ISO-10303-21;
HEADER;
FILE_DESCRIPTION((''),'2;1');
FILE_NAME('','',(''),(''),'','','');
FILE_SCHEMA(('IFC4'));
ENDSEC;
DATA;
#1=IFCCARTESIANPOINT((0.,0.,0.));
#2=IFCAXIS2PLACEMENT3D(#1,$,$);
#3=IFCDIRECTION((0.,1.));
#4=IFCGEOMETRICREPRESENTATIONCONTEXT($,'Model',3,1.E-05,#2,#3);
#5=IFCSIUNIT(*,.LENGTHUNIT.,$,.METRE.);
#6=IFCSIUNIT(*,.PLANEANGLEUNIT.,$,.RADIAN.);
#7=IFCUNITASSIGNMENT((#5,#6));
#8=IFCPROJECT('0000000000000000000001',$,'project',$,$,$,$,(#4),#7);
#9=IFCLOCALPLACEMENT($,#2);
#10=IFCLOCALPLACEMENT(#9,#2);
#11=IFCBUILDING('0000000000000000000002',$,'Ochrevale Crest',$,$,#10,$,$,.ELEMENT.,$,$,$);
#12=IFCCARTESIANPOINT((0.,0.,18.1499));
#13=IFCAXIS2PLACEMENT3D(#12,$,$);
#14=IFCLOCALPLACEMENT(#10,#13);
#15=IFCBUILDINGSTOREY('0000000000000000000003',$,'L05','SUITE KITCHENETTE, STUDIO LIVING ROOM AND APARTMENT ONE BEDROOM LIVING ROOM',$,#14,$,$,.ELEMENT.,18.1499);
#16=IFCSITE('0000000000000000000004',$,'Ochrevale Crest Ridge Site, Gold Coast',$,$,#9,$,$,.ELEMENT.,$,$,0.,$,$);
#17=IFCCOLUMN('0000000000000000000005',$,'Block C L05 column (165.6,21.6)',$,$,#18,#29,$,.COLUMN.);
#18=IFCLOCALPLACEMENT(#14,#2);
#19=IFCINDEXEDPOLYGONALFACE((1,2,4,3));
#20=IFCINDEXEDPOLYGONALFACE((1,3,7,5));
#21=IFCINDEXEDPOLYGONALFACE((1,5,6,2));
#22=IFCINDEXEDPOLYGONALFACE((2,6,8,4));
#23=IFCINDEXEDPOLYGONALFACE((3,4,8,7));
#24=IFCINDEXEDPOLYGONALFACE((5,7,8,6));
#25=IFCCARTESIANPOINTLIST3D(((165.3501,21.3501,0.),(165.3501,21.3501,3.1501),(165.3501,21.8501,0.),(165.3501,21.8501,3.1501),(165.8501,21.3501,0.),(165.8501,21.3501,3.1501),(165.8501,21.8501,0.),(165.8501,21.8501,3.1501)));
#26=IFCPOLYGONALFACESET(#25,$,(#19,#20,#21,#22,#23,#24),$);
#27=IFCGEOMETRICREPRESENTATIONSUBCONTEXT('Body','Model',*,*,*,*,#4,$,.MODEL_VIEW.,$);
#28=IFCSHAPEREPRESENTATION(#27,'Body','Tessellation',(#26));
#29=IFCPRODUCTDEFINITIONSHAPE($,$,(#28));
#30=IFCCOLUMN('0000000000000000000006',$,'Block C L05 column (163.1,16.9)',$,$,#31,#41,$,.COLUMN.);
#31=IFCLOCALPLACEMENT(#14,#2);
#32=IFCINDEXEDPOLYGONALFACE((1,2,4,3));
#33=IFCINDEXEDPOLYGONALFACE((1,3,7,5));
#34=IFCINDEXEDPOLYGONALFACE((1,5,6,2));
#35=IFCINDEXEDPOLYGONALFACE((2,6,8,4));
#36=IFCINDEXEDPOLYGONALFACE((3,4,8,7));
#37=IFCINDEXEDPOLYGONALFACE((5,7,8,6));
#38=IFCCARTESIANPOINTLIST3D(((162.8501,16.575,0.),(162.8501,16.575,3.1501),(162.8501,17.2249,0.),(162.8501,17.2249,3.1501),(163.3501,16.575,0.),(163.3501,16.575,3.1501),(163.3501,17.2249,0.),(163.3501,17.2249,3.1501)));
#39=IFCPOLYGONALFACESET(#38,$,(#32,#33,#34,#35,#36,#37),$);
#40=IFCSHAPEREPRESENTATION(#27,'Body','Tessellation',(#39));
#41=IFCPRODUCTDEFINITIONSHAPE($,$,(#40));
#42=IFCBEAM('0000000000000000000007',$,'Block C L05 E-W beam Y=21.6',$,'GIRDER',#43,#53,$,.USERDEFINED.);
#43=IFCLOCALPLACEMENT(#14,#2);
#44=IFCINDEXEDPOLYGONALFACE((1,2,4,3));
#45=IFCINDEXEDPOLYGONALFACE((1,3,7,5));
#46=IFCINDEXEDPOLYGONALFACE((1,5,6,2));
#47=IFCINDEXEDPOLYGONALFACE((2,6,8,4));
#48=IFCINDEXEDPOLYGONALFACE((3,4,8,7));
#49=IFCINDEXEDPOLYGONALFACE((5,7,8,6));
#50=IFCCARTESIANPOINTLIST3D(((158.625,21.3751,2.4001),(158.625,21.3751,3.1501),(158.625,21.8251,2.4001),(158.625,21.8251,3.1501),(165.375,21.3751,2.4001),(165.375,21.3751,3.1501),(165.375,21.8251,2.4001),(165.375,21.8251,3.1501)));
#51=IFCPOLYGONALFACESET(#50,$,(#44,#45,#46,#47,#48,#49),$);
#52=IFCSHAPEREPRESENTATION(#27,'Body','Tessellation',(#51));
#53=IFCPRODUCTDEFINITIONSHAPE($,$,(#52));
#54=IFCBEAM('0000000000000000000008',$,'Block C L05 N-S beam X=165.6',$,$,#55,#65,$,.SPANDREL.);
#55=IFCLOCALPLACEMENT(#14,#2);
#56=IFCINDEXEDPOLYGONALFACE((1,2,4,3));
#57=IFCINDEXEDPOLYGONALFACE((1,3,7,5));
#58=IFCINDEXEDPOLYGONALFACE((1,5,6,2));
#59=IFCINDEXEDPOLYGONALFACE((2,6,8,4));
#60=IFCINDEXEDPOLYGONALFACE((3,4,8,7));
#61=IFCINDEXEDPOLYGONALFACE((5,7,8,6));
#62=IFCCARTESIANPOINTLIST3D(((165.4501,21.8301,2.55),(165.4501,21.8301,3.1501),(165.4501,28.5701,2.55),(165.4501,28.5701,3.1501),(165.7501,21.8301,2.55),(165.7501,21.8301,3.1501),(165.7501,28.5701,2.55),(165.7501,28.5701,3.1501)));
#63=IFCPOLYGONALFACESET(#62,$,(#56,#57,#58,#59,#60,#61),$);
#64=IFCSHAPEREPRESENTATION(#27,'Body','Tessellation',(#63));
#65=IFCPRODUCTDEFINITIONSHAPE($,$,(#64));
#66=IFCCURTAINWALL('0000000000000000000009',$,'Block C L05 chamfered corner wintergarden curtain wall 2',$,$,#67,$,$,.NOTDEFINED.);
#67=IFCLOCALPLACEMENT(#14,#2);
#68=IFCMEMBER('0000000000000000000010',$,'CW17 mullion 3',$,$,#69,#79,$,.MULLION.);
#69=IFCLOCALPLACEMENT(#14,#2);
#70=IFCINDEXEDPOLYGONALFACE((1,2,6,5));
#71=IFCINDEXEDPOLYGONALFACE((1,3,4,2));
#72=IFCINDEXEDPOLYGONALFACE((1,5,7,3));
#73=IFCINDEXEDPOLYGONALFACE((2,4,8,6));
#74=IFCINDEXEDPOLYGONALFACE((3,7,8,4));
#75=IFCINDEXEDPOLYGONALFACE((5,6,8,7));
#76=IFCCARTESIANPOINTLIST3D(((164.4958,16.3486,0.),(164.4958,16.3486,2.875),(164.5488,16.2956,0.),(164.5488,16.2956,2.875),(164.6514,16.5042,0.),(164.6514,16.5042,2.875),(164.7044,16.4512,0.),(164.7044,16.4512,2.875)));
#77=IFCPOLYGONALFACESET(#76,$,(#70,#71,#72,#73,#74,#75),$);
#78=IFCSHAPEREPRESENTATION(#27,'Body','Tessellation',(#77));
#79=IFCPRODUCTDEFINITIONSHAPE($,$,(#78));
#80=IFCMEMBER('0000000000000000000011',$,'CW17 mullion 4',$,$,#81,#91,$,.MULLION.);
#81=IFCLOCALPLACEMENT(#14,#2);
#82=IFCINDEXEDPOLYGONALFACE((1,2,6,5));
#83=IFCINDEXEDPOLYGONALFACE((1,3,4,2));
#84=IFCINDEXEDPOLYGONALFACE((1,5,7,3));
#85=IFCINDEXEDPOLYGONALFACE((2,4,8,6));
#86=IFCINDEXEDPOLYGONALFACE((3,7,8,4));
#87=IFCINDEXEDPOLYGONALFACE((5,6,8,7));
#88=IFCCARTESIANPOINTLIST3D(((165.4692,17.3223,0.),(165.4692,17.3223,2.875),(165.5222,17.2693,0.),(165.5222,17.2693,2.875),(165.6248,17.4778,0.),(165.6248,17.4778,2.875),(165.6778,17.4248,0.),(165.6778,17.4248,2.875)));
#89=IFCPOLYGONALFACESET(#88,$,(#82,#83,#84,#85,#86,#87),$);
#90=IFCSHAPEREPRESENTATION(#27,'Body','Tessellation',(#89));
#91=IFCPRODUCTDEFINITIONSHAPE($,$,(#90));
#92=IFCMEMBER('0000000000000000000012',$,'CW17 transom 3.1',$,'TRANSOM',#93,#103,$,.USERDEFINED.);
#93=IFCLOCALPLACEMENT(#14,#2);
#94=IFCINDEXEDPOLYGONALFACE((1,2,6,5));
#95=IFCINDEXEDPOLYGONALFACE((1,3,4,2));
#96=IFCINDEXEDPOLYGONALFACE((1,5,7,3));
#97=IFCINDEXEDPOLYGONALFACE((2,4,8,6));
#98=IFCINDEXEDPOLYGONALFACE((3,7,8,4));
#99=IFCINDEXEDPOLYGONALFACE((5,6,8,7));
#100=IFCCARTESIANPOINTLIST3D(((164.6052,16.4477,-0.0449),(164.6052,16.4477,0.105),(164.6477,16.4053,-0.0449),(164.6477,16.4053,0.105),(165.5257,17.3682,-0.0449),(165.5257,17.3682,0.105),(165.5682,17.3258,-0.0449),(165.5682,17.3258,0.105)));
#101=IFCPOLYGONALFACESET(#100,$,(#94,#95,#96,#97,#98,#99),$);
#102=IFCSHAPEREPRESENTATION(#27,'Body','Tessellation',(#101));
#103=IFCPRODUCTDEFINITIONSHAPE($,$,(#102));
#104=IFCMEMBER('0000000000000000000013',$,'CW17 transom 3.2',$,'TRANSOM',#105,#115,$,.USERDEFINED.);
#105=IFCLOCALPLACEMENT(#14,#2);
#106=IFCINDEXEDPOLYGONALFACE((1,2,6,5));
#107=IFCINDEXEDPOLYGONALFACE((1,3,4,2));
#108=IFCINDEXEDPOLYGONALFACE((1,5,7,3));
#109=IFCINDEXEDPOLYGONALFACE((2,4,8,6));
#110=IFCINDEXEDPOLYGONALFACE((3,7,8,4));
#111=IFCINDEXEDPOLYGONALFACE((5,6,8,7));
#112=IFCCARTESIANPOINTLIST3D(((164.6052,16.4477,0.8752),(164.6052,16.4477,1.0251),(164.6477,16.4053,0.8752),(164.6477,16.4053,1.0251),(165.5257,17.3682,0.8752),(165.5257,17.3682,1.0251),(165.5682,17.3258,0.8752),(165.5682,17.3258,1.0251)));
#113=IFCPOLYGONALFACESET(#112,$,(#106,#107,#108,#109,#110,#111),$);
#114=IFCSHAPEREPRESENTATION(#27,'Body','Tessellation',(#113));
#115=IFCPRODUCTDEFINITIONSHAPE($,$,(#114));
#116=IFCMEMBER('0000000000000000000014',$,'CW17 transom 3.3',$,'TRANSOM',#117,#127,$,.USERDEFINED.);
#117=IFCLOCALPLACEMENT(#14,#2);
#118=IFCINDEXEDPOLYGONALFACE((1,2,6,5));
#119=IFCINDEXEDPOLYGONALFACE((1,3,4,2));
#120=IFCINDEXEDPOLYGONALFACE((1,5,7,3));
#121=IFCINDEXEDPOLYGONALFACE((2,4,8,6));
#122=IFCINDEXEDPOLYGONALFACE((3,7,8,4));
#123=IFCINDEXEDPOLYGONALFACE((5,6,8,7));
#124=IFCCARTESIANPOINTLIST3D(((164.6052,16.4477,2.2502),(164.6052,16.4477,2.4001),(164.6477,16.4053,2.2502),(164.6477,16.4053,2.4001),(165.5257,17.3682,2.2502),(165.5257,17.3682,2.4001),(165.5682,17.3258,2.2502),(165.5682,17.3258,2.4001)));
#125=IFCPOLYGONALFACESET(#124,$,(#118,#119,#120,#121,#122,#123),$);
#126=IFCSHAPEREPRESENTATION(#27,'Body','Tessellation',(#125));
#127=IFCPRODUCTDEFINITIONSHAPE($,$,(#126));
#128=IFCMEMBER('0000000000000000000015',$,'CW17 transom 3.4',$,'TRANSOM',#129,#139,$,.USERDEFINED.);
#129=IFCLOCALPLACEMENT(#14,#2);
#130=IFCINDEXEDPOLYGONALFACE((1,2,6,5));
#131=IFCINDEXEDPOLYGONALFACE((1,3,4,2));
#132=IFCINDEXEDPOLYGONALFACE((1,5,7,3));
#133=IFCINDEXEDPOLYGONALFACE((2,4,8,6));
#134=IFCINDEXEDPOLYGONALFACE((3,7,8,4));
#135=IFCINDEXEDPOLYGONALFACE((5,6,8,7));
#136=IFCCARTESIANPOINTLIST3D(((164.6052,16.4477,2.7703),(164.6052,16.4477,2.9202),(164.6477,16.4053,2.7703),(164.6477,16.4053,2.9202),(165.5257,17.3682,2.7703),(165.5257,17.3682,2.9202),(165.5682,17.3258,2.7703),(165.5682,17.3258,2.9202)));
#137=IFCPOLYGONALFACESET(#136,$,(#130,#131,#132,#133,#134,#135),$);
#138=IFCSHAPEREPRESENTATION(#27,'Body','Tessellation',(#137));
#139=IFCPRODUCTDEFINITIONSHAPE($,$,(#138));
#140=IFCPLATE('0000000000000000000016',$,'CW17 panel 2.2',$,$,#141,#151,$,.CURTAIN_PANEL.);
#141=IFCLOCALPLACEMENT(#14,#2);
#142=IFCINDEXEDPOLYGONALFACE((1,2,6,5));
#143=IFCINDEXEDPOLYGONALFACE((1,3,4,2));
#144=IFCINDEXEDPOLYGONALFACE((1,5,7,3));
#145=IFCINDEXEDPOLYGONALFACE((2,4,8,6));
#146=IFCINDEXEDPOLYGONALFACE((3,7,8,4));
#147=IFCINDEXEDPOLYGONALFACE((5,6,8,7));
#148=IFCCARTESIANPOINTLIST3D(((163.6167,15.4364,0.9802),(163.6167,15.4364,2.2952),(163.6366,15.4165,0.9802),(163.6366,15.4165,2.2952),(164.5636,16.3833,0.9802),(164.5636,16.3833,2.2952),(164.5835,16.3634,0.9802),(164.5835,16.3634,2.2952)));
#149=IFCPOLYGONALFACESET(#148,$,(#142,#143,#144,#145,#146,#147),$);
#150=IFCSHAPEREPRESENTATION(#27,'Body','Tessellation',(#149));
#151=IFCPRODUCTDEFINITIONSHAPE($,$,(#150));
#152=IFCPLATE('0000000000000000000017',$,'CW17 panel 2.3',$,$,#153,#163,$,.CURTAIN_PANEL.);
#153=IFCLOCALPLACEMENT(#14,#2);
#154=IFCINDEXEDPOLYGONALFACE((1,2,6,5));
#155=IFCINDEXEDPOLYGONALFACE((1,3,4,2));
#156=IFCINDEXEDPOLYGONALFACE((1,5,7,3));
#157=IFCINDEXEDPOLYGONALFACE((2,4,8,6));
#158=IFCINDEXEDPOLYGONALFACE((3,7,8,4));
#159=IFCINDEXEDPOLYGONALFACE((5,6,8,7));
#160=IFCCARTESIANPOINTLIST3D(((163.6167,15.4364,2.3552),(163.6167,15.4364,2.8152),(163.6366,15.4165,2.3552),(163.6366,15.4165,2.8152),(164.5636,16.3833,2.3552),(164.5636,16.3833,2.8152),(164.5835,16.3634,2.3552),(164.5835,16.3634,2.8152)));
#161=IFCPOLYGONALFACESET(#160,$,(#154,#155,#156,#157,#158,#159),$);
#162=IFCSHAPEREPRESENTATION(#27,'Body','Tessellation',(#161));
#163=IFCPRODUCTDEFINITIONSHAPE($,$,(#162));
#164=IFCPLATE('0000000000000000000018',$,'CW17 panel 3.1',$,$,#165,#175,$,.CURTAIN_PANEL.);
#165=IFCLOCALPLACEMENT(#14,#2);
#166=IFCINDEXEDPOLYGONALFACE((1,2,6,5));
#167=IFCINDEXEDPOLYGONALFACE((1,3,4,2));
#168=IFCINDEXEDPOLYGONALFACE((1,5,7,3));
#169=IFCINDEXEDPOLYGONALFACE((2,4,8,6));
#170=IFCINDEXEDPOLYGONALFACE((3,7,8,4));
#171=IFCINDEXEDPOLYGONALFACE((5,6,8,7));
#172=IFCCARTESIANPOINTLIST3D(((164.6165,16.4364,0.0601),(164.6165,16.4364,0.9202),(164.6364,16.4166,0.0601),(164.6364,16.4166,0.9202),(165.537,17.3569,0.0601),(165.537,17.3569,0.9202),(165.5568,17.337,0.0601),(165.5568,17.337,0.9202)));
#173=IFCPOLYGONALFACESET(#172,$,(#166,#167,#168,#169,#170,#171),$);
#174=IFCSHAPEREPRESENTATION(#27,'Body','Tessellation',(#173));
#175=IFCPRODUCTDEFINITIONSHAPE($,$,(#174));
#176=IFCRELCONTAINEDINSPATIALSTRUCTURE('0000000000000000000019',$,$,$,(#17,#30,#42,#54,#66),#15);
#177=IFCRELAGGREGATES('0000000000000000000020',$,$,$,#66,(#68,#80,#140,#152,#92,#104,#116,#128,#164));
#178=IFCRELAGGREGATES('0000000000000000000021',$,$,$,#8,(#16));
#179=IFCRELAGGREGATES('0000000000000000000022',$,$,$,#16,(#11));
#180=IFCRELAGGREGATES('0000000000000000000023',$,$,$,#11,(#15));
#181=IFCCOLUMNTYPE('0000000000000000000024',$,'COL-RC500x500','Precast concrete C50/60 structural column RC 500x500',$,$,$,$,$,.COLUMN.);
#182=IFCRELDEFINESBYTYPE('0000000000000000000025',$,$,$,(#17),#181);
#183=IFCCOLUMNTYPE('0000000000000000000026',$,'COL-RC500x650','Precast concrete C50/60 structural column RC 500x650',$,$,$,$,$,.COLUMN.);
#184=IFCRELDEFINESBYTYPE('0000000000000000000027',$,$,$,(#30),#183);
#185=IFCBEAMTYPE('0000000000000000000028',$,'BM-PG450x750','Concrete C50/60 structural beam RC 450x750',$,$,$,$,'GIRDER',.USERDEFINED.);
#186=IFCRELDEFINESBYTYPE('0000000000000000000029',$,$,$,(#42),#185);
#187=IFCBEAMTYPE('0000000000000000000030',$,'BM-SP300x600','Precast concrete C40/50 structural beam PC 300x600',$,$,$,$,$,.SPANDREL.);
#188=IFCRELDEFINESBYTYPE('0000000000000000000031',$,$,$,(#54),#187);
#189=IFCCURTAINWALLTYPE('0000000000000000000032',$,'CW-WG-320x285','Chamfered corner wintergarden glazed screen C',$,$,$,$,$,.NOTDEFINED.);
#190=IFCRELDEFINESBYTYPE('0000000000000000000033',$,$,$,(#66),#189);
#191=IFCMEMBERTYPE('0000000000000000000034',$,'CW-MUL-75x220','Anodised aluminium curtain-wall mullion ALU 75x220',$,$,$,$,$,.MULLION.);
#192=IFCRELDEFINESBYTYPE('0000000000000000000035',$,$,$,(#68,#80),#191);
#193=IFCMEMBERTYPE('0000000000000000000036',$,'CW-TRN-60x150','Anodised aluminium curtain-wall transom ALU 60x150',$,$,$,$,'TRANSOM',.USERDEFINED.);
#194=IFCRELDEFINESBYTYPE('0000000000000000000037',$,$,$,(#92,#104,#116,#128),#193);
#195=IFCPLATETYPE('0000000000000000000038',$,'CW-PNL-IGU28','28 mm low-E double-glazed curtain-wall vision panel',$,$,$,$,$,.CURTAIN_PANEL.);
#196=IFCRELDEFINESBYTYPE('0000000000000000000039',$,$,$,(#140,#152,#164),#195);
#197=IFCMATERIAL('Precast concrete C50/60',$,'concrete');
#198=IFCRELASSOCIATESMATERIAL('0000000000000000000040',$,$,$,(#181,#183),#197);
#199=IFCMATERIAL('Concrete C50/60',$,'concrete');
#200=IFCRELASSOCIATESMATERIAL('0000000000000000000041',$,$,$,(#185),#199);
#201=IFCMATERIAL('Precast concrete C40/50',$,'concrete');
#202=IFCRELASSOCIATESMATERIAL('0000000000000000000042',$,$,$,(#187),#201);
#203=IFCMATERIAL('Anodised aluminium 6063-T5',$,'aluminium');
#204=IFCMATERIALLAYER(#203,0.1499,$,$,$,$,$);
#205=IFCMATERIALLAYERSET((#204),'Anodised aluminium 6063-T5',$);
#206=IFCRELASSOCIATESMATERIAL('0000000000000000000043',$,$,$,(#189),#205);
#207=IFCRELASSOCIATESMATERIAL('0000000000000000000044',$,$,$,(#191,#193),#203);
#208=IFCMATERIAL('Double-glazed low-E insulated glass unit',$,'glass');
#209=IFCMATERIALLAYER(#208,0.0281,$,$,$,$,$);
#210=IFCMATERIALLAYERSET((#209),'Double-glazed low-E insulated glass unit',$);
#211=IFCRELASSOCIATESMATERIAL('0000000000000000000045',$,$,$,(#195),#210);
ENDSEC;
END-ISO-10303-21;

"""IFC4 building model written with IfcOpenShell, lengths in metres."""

from ifc_helpers import new_model, si_unit, direction, frame, origin, origin_2d, place, context, subcontext, project, spatial, rectangle, extrude, material, layer, layer_set, material_profile, profile_set, type_object, element, aggregate, save


model = new_model("IFC4")

# Units and contexts
model_context = context("Model", 3, precision=1e-05, world=origin(), true_north=direction((0.0, 1.0)))
body_context = subcontext(model_context, "Body", "Model", "MODEL_VIEW")
ifc_project = project(units=[si_unit("LENGTHUNIT", "METRE"), si_unit("PLANEANGLEUNIT", "RADIAN")], contexts=[model_context])

# Site, building, storey
site_placement = place(None, origin())
site = spatial("IfcSite", under=ifc_project, at=site_placement, Name="Ochrevale Crest Ridge Site, Gold Coast", CompositionType="ELEMENT", RefElevation=0.0)
building_placement = place(site_placement, origin())
building = spatial("IfcBuilding", under=site, at=building_placement, Name="Ochrevale Crest", CompositionType="ELEMENT")
storey_placement = place(building_placement, frame((0.0, 0.0, 18.1499)))
storey = spatial("IfcBuildingStorey", under=building, at=storey_placement, Name="L05", Description="SUITE KITCHENETTE, STUDIO LIVING ROOM AND APARTMENT ONE BEDROOM LIVING ROOM", CompositionType="ELEMENT", Elevation=18.1499)

# Columns
ifc_material_1 = material(Name="Precast concrete C50/60", Category="concrete")
ifc_material_profile_1 = material_profile(ifc_material_1, rectangle(XDim=0.5, YDim=0.5, at=origin_2d()), Name="RC 500x500")
ifc_profile_set_1 = profile_set([ifc_material_profile_1], Name="Precast concrete C50/60")
column_type_1 = type_object("IfcColumnType", Name="COL-RC500x500", Description="Precast concrete C50/60 structural column RC 500x500", PredefinedType="COLUMN", material=ifc_profile_set_1)
column_1_placement = place(storey_placement, frame((165.6001, 21.6001, 0.0), z_axis=(0.0, 0.0, 1.0), x_axis=(1.0, 0.0, 0.0)))
element("IfcColumn", 1, at=column_1_placement, inside=storey, type_object=column_type_1, Name="Block C L05 column (165.6,21.6)", PredefinedType="COLUMN", context=body_context, shape_type="SweptSolid", body=[
    extrude(rectangle(XDim=0.5, YDim=0.5, at=origin_2d()), origin(), (0.0, 0.0, 1.0), 3.1501),
])
ifc_material_profile_2 = material_profile(ifc_material_1, rectangle(XDim=0.5, YDim=0.6499, at=origin_2d()), Name="RC 500x650")
ifc_profile_set_2 = profile_set([ifc_material_profile_2], Name="Precast concrete C50/60")
column_type_2 = type_object("IfcColumnType", Name="COL-RC500x650", Description="Precast concrete C50/60 structural column RC 500x650", PredefinedType="COLUMN", material=ifc_profile_set_2)
column_2_placement = place(storey_placement, frame((163.1001, 16.8999, 0.0), z_axis=(0.0, 0.0, 1.0), x_axis=(1.0, 0.0, 0.0)))
element("IfcColumn", 2, at=column_2_placement, inside=storey, type_object=column_type_2, Name="Block C L05 column (163.1,16.9)", PredefinedType="COLUMN", context=body_context, shape_type="SweptSolid", body=[
    extrude(rectangle(XDim=0.5, YDim=0.6499, at=origin_2d()), origin(), (0.0, 0.0, 1.0), 3.1501),
])

# Beams
ifc_material_2 = material(Name="Concrete C50/60", Category="concrete")
ifc_material_profile_3 = material_profile(ifc_material_2, rectangle(XDim=0.45, YDim=0.75, at=origin_2d()), Name="RC 450x750")
ifc_profile_set_3 = profile_set([ifc_material_profile_3], Name="Concrete C50/60")
beam_type_1 = type_object("IfcBeamType", Name="BM-PG450x750", Description="Concrete C50/60 structural beam RC 450x750", ElementType="GIRDER", PredefinedType="USERDEFINED", material=ifc_profile_set_3)
beam_1_placement = place(storey_placement, frame((158.625, 21.6001, 2.7751), z_axis=(1.0, 0.0, 0.0), x_axis=(0.0, 1.0, 0.0)))
element("IfcBeam", 3, at=beam_1_placement, inside=storey, type_object=beam_type_1, Name="Block C L05 E-W beam Y=21.6", ObjectType="GIRDER", PredefinedType="USERDEFINED", context=body_context, shape_type="SweptSolid", body=[
    extrude(rectangle(XDim=0.45, YDim=0.75, at=origin_2d()), origin(), (0.0, 0.0, 1.0), 6.75),
])
ifc_material_3 = material(Name="Precast concrete C40/50", Category="concrete")
ifc_material_profile_4 = material_profile(ifc_material_3, rectangle(XDim=0.3, YDim=0.6001, at=origin_2d()), Name="PC 300x600")
ifc_profile_set_4 = profile_set([ifc_material_profile_4], Name="Precast concrete C40/50")
beam_type_2 = type_object("IfcBeamType", Name="BM-SP300x600", Description="Precast concrete C40/50 structural beam PC 300x600", PredefinedType="SPANDREL", material=ifc_profile_set_4)
beam_2_placement = place(storey_placement, frame((165.6001, 21.8301, 2.8501), z_axis=(0.0, 1.0, 0.0), x_axis=(-1.0, 0.0, 0.0)))
element("IfcBeam", 4, at=beam_2_placement, inside=storey, type_object=beam_type_2, Name="Block C L05 N-S beam X=165.6", PredefinedType="SPANDREL", context=body_context, shape_type="SweptSolid", body=[
    extrude(rectangle(XDim=0.3, YDim=0.6001, at=origin_2d()), origin(), (0.0, 0.0, 1.0), 6.74),
])

# Curtain wall, members, plates
ifc_material_4 = material(Name="Anodised aluminium 6063-T5", Category="aluminium")
ifc_layer_1 = layer(ifc_material_4, 0.1499)
ifc_layer_set_1 = layer_set([ifc_layer_1], Name="Anodised aluminium 6063-T5")
curtain_wall_type = type_object("IfcCurtainWallType", Name="CW-WG-320x285", Description="Chamfered corner wintergarden glazed screen C", PredefinedType="NOTDEFINED", material=ifc_layer_set_1)
curtain_wall_placement = place(storey_placement, origin())
curtain_wall = element("IfcCurtainWall", 5, at=curtain_wall_placement, inside=storey, type_object=curtain_wall_type, Name="Block C L05 chamfered corner wintergarden curtain wall 2", PredefinedType="NOTDEFINED")
ifc_material_profile_5 = material_profile(ifc_material_4, rectangle(XDim=0.075, YDim=0.22, at=origin_2d()), Name="ALU 75x220")
ifc_profile_set_5 = profile_set([ifc_material_profile_5], Name="Anodised aluminium 6063-T5")
member_type_1 = type_object("IfcMemberType", Name="CW-MUL-75x220", Description="Anodised aluminium curtain-wall mullion ALU 75x220", PredefinedType="MULLION", material=ifc_profile_set_5)
member_1_placement = place(storey_placement, frame((164.6001, 16.3999, 0.0), z_axis=(0.0, 0.0, 1.0), x_axis=(-0.707107, 0.707107, 0.0)))
member_1 = element("IfcMember", 6, at=member_1_placement, type_object=member_type_1, Name="CW17 mullion 3", PredefinedType="MULLION", context=body_context, shape_type="SweptSolid", body=[
    extrude(rectangle(XDim=0.075, YDim=0.22, at=origin_2d()), origin(), (0.0, 0.0, 1.0), 2.875),
])
member_2_placement = place(storey_placement, frame((165.5735, 17.3735, 0.0), z_axis=(0.0, 0.0, 1.0), x_axis=(-0.707107, 0.707107, 0.0)))
member_2 = element("IfcMember", 7, at=member_2_placement, type_object=member_type_1, Name="CW17 mullion 4", PredefinedType="MULLION", context=body_context, shape_type="SweptSolid", body=[
    extrude(rectangle(XDim=0.075, YDim=0.22, at=origin_2d()), origin(), (0.0, 0.0, 1.0), 2.875),
])
ifc_material_profile_6 = material_profile(ifc_material_4, rectangle(XDim=0.0601, YDim=0.1499, at=origin_2d()), Name="ALU 60x150")
ifc_profile_set_6 = profile_set([ifc_material_profile_6], Name="Anodised aluminium 6063-T5")
member_type_2 = type_object("IfcMemberType", Name="CW-TRN-60x150", Description="Anodised aluminium curtain-wall transom ALU 60x150", ElementType="TRANSOM", PredefinedType="USERDEFINED", material=ifc_profile_set_6)
member_3_placement = place(storey_placement, frame((164.6265, 16.4265, 0.03), z_axis=(0.707107, 0.707107, 0.0), x_axis=(-0.707107, 0.707107, 0.0)))
member_3 = element("IfcMember", 8, at=member_3_placement, type_object=member_type_2, Name="CW17 transom 3.1", ObjectType="TRANSOM", PredefinedType="USERDEFINED", context=body_context, shape_type="SweptSolid", body=[
    extrude(rectangle(XDim=0.0601, YDim=0.1499, at=origin_2d()), origin(), (0.0, 0.0, 1.0), 1.3018),
])
member_4_placement = place(storey_placement, frame((164.6265, 16.4265, 0.9502), z_axis=(0.707107, 0.707107, 0.0), x_axis=(-0.707107, 0.707107, 0.0)))
member_4 = element("IfcMember", 9, at=member_4_placement, type_object=member_type_2, Name="CW17 transom 3.2", ObjectType="TRANSOM", PredefinedType="USERDEFINED", context=body_context, shape_type="SweptSolid", body=[
    extrude(rectangle(XDim=0.0601, YDim=0.1499, at=origin_2d()), origin(), (0.0, 0.0, 1.0), 1.3018),
])
member_5_placement = place(storey_placement, frame((164.6265, 16.4265, 2.3252), z_axis=(0.707107, 0.707107, 0.0), x_axis=(-0.707107, 0.707107, 0.0)))
member_5 = element("IfcMember", 10, at=member_5_placement, type_object=member_type_2, Name="CW17 transom 3.3", ObjectType="TRANSOM", PredefinedType="USERDEFINED", context=body_context, shape_type="SweptSolid", body=[
    extrude(rectangle(XDim=0.0601, YDim=0.1499, at=origin_2d()), origin(), (0.0, 0.0, 1.0), 1.3018),
])
member_6_placement = place(storey_placement, frame((164.6265, 16.4265, 2.8452), z_axis=(0.707107, 0.707107, 0.0), x_axis=(-0.707107, 0.707107, 0.0)))
member_6 = element("IfcMember", 11, at=member_6_placement, type_object=member_type_2, Name="CW17 transom 3.4", ObjectType="TRANSOM", PredefinedType="USERDEFINED", context=body_context, shape_type="SweptSolid", body=[
    extrude(rectangle(XDim=0.0601, YDim=0.1499, at=origin_2d()), origin(), (0.0, 0.0, 1.0), 1.3018),
])
ifc_material_5 = material(Name="Double-glazed low-E insulated glass unit", Category="glass")
ifc_layer_2 = layer(ifc_material_5, 0.0281)
ifc_layer_set_2 = layer_set([ifc_layer_2], Name="Double-glazed low-E insulated glass unit")
plate_type = type_object("IfcPlateType", Name="CW-PNL-IGU28", Description="28 mm low-E double-glazed curtain-wall vision panel", PredefinedType="CURTAIN_PANEL", material=ifc_layer_set_2)
plate_1_placement = place(storey_placement, frame((164.1001, 15.8999, 0.9802), z_axis=(0.0, 0.0, 1.0), x_axis=(0.707107, 0.707107, 0.0)))
plate_1 = element("IfcPlate", 12, at=plate_1_placement, type_object=plate_type, Name="CW17 panel 2.2", PredefinedType="CURTAIN_PANEL", context=body_context, shape_type="SweptSolid", body=[
    extrude(rectangle(XDim=1.3391, YDim=0.0281, at=origin_2d()), origin(), (0.0, 0.0, 1.0), 1.3149),
])
plate_2_placement = place(storey_placement, frame((164.1001, 15.8999, 2.3552), z_axis=(0.0, 0.0, 1.0), x_axis=(0.707107, 0.707107, 0.0)))
plate_2 = element("IfcPlate", 13, at=plate_2_placement, type_object=plate_type, Name="CW17 panel 2.3", PredefinedType="CURTAIN_PANEL", context=body_context, shape_type="SweptSolid", body=[
    extrude(rectangle(XDim=1.3391, YDim=0.0281, at=origin_2d()), origin(), (0.0, 0.0, 1.0), 0.46),
])
plate_3_placement = place(storey_placement, frame((165.0867, 16.8867, 0.0601), z_axis=(0.0, 0.0, 1.0), x_axis=(0.707107, 0.707107, 0.0)))
plate_3 = element("IfcPlate", 14, at=plate_3_placement, type_object=plate_type, Name="CW17 panel 3.1", PredefinedType="CURTAIN_PANEL", context=body_context, shape_type="SweptSolid", body=[
    extrude(rectangle(XDim=1.3018, YDim=0.0281, at=origin_2d()), origin(), (0.0, 0.0, 1.0), 0.8601),
])
aggregate(curtain_wall, [member_1, member_2, plate_1, plate_2, member_3, member_4, member_5, member_6, plate_3])

save(model, "model.ifc")
